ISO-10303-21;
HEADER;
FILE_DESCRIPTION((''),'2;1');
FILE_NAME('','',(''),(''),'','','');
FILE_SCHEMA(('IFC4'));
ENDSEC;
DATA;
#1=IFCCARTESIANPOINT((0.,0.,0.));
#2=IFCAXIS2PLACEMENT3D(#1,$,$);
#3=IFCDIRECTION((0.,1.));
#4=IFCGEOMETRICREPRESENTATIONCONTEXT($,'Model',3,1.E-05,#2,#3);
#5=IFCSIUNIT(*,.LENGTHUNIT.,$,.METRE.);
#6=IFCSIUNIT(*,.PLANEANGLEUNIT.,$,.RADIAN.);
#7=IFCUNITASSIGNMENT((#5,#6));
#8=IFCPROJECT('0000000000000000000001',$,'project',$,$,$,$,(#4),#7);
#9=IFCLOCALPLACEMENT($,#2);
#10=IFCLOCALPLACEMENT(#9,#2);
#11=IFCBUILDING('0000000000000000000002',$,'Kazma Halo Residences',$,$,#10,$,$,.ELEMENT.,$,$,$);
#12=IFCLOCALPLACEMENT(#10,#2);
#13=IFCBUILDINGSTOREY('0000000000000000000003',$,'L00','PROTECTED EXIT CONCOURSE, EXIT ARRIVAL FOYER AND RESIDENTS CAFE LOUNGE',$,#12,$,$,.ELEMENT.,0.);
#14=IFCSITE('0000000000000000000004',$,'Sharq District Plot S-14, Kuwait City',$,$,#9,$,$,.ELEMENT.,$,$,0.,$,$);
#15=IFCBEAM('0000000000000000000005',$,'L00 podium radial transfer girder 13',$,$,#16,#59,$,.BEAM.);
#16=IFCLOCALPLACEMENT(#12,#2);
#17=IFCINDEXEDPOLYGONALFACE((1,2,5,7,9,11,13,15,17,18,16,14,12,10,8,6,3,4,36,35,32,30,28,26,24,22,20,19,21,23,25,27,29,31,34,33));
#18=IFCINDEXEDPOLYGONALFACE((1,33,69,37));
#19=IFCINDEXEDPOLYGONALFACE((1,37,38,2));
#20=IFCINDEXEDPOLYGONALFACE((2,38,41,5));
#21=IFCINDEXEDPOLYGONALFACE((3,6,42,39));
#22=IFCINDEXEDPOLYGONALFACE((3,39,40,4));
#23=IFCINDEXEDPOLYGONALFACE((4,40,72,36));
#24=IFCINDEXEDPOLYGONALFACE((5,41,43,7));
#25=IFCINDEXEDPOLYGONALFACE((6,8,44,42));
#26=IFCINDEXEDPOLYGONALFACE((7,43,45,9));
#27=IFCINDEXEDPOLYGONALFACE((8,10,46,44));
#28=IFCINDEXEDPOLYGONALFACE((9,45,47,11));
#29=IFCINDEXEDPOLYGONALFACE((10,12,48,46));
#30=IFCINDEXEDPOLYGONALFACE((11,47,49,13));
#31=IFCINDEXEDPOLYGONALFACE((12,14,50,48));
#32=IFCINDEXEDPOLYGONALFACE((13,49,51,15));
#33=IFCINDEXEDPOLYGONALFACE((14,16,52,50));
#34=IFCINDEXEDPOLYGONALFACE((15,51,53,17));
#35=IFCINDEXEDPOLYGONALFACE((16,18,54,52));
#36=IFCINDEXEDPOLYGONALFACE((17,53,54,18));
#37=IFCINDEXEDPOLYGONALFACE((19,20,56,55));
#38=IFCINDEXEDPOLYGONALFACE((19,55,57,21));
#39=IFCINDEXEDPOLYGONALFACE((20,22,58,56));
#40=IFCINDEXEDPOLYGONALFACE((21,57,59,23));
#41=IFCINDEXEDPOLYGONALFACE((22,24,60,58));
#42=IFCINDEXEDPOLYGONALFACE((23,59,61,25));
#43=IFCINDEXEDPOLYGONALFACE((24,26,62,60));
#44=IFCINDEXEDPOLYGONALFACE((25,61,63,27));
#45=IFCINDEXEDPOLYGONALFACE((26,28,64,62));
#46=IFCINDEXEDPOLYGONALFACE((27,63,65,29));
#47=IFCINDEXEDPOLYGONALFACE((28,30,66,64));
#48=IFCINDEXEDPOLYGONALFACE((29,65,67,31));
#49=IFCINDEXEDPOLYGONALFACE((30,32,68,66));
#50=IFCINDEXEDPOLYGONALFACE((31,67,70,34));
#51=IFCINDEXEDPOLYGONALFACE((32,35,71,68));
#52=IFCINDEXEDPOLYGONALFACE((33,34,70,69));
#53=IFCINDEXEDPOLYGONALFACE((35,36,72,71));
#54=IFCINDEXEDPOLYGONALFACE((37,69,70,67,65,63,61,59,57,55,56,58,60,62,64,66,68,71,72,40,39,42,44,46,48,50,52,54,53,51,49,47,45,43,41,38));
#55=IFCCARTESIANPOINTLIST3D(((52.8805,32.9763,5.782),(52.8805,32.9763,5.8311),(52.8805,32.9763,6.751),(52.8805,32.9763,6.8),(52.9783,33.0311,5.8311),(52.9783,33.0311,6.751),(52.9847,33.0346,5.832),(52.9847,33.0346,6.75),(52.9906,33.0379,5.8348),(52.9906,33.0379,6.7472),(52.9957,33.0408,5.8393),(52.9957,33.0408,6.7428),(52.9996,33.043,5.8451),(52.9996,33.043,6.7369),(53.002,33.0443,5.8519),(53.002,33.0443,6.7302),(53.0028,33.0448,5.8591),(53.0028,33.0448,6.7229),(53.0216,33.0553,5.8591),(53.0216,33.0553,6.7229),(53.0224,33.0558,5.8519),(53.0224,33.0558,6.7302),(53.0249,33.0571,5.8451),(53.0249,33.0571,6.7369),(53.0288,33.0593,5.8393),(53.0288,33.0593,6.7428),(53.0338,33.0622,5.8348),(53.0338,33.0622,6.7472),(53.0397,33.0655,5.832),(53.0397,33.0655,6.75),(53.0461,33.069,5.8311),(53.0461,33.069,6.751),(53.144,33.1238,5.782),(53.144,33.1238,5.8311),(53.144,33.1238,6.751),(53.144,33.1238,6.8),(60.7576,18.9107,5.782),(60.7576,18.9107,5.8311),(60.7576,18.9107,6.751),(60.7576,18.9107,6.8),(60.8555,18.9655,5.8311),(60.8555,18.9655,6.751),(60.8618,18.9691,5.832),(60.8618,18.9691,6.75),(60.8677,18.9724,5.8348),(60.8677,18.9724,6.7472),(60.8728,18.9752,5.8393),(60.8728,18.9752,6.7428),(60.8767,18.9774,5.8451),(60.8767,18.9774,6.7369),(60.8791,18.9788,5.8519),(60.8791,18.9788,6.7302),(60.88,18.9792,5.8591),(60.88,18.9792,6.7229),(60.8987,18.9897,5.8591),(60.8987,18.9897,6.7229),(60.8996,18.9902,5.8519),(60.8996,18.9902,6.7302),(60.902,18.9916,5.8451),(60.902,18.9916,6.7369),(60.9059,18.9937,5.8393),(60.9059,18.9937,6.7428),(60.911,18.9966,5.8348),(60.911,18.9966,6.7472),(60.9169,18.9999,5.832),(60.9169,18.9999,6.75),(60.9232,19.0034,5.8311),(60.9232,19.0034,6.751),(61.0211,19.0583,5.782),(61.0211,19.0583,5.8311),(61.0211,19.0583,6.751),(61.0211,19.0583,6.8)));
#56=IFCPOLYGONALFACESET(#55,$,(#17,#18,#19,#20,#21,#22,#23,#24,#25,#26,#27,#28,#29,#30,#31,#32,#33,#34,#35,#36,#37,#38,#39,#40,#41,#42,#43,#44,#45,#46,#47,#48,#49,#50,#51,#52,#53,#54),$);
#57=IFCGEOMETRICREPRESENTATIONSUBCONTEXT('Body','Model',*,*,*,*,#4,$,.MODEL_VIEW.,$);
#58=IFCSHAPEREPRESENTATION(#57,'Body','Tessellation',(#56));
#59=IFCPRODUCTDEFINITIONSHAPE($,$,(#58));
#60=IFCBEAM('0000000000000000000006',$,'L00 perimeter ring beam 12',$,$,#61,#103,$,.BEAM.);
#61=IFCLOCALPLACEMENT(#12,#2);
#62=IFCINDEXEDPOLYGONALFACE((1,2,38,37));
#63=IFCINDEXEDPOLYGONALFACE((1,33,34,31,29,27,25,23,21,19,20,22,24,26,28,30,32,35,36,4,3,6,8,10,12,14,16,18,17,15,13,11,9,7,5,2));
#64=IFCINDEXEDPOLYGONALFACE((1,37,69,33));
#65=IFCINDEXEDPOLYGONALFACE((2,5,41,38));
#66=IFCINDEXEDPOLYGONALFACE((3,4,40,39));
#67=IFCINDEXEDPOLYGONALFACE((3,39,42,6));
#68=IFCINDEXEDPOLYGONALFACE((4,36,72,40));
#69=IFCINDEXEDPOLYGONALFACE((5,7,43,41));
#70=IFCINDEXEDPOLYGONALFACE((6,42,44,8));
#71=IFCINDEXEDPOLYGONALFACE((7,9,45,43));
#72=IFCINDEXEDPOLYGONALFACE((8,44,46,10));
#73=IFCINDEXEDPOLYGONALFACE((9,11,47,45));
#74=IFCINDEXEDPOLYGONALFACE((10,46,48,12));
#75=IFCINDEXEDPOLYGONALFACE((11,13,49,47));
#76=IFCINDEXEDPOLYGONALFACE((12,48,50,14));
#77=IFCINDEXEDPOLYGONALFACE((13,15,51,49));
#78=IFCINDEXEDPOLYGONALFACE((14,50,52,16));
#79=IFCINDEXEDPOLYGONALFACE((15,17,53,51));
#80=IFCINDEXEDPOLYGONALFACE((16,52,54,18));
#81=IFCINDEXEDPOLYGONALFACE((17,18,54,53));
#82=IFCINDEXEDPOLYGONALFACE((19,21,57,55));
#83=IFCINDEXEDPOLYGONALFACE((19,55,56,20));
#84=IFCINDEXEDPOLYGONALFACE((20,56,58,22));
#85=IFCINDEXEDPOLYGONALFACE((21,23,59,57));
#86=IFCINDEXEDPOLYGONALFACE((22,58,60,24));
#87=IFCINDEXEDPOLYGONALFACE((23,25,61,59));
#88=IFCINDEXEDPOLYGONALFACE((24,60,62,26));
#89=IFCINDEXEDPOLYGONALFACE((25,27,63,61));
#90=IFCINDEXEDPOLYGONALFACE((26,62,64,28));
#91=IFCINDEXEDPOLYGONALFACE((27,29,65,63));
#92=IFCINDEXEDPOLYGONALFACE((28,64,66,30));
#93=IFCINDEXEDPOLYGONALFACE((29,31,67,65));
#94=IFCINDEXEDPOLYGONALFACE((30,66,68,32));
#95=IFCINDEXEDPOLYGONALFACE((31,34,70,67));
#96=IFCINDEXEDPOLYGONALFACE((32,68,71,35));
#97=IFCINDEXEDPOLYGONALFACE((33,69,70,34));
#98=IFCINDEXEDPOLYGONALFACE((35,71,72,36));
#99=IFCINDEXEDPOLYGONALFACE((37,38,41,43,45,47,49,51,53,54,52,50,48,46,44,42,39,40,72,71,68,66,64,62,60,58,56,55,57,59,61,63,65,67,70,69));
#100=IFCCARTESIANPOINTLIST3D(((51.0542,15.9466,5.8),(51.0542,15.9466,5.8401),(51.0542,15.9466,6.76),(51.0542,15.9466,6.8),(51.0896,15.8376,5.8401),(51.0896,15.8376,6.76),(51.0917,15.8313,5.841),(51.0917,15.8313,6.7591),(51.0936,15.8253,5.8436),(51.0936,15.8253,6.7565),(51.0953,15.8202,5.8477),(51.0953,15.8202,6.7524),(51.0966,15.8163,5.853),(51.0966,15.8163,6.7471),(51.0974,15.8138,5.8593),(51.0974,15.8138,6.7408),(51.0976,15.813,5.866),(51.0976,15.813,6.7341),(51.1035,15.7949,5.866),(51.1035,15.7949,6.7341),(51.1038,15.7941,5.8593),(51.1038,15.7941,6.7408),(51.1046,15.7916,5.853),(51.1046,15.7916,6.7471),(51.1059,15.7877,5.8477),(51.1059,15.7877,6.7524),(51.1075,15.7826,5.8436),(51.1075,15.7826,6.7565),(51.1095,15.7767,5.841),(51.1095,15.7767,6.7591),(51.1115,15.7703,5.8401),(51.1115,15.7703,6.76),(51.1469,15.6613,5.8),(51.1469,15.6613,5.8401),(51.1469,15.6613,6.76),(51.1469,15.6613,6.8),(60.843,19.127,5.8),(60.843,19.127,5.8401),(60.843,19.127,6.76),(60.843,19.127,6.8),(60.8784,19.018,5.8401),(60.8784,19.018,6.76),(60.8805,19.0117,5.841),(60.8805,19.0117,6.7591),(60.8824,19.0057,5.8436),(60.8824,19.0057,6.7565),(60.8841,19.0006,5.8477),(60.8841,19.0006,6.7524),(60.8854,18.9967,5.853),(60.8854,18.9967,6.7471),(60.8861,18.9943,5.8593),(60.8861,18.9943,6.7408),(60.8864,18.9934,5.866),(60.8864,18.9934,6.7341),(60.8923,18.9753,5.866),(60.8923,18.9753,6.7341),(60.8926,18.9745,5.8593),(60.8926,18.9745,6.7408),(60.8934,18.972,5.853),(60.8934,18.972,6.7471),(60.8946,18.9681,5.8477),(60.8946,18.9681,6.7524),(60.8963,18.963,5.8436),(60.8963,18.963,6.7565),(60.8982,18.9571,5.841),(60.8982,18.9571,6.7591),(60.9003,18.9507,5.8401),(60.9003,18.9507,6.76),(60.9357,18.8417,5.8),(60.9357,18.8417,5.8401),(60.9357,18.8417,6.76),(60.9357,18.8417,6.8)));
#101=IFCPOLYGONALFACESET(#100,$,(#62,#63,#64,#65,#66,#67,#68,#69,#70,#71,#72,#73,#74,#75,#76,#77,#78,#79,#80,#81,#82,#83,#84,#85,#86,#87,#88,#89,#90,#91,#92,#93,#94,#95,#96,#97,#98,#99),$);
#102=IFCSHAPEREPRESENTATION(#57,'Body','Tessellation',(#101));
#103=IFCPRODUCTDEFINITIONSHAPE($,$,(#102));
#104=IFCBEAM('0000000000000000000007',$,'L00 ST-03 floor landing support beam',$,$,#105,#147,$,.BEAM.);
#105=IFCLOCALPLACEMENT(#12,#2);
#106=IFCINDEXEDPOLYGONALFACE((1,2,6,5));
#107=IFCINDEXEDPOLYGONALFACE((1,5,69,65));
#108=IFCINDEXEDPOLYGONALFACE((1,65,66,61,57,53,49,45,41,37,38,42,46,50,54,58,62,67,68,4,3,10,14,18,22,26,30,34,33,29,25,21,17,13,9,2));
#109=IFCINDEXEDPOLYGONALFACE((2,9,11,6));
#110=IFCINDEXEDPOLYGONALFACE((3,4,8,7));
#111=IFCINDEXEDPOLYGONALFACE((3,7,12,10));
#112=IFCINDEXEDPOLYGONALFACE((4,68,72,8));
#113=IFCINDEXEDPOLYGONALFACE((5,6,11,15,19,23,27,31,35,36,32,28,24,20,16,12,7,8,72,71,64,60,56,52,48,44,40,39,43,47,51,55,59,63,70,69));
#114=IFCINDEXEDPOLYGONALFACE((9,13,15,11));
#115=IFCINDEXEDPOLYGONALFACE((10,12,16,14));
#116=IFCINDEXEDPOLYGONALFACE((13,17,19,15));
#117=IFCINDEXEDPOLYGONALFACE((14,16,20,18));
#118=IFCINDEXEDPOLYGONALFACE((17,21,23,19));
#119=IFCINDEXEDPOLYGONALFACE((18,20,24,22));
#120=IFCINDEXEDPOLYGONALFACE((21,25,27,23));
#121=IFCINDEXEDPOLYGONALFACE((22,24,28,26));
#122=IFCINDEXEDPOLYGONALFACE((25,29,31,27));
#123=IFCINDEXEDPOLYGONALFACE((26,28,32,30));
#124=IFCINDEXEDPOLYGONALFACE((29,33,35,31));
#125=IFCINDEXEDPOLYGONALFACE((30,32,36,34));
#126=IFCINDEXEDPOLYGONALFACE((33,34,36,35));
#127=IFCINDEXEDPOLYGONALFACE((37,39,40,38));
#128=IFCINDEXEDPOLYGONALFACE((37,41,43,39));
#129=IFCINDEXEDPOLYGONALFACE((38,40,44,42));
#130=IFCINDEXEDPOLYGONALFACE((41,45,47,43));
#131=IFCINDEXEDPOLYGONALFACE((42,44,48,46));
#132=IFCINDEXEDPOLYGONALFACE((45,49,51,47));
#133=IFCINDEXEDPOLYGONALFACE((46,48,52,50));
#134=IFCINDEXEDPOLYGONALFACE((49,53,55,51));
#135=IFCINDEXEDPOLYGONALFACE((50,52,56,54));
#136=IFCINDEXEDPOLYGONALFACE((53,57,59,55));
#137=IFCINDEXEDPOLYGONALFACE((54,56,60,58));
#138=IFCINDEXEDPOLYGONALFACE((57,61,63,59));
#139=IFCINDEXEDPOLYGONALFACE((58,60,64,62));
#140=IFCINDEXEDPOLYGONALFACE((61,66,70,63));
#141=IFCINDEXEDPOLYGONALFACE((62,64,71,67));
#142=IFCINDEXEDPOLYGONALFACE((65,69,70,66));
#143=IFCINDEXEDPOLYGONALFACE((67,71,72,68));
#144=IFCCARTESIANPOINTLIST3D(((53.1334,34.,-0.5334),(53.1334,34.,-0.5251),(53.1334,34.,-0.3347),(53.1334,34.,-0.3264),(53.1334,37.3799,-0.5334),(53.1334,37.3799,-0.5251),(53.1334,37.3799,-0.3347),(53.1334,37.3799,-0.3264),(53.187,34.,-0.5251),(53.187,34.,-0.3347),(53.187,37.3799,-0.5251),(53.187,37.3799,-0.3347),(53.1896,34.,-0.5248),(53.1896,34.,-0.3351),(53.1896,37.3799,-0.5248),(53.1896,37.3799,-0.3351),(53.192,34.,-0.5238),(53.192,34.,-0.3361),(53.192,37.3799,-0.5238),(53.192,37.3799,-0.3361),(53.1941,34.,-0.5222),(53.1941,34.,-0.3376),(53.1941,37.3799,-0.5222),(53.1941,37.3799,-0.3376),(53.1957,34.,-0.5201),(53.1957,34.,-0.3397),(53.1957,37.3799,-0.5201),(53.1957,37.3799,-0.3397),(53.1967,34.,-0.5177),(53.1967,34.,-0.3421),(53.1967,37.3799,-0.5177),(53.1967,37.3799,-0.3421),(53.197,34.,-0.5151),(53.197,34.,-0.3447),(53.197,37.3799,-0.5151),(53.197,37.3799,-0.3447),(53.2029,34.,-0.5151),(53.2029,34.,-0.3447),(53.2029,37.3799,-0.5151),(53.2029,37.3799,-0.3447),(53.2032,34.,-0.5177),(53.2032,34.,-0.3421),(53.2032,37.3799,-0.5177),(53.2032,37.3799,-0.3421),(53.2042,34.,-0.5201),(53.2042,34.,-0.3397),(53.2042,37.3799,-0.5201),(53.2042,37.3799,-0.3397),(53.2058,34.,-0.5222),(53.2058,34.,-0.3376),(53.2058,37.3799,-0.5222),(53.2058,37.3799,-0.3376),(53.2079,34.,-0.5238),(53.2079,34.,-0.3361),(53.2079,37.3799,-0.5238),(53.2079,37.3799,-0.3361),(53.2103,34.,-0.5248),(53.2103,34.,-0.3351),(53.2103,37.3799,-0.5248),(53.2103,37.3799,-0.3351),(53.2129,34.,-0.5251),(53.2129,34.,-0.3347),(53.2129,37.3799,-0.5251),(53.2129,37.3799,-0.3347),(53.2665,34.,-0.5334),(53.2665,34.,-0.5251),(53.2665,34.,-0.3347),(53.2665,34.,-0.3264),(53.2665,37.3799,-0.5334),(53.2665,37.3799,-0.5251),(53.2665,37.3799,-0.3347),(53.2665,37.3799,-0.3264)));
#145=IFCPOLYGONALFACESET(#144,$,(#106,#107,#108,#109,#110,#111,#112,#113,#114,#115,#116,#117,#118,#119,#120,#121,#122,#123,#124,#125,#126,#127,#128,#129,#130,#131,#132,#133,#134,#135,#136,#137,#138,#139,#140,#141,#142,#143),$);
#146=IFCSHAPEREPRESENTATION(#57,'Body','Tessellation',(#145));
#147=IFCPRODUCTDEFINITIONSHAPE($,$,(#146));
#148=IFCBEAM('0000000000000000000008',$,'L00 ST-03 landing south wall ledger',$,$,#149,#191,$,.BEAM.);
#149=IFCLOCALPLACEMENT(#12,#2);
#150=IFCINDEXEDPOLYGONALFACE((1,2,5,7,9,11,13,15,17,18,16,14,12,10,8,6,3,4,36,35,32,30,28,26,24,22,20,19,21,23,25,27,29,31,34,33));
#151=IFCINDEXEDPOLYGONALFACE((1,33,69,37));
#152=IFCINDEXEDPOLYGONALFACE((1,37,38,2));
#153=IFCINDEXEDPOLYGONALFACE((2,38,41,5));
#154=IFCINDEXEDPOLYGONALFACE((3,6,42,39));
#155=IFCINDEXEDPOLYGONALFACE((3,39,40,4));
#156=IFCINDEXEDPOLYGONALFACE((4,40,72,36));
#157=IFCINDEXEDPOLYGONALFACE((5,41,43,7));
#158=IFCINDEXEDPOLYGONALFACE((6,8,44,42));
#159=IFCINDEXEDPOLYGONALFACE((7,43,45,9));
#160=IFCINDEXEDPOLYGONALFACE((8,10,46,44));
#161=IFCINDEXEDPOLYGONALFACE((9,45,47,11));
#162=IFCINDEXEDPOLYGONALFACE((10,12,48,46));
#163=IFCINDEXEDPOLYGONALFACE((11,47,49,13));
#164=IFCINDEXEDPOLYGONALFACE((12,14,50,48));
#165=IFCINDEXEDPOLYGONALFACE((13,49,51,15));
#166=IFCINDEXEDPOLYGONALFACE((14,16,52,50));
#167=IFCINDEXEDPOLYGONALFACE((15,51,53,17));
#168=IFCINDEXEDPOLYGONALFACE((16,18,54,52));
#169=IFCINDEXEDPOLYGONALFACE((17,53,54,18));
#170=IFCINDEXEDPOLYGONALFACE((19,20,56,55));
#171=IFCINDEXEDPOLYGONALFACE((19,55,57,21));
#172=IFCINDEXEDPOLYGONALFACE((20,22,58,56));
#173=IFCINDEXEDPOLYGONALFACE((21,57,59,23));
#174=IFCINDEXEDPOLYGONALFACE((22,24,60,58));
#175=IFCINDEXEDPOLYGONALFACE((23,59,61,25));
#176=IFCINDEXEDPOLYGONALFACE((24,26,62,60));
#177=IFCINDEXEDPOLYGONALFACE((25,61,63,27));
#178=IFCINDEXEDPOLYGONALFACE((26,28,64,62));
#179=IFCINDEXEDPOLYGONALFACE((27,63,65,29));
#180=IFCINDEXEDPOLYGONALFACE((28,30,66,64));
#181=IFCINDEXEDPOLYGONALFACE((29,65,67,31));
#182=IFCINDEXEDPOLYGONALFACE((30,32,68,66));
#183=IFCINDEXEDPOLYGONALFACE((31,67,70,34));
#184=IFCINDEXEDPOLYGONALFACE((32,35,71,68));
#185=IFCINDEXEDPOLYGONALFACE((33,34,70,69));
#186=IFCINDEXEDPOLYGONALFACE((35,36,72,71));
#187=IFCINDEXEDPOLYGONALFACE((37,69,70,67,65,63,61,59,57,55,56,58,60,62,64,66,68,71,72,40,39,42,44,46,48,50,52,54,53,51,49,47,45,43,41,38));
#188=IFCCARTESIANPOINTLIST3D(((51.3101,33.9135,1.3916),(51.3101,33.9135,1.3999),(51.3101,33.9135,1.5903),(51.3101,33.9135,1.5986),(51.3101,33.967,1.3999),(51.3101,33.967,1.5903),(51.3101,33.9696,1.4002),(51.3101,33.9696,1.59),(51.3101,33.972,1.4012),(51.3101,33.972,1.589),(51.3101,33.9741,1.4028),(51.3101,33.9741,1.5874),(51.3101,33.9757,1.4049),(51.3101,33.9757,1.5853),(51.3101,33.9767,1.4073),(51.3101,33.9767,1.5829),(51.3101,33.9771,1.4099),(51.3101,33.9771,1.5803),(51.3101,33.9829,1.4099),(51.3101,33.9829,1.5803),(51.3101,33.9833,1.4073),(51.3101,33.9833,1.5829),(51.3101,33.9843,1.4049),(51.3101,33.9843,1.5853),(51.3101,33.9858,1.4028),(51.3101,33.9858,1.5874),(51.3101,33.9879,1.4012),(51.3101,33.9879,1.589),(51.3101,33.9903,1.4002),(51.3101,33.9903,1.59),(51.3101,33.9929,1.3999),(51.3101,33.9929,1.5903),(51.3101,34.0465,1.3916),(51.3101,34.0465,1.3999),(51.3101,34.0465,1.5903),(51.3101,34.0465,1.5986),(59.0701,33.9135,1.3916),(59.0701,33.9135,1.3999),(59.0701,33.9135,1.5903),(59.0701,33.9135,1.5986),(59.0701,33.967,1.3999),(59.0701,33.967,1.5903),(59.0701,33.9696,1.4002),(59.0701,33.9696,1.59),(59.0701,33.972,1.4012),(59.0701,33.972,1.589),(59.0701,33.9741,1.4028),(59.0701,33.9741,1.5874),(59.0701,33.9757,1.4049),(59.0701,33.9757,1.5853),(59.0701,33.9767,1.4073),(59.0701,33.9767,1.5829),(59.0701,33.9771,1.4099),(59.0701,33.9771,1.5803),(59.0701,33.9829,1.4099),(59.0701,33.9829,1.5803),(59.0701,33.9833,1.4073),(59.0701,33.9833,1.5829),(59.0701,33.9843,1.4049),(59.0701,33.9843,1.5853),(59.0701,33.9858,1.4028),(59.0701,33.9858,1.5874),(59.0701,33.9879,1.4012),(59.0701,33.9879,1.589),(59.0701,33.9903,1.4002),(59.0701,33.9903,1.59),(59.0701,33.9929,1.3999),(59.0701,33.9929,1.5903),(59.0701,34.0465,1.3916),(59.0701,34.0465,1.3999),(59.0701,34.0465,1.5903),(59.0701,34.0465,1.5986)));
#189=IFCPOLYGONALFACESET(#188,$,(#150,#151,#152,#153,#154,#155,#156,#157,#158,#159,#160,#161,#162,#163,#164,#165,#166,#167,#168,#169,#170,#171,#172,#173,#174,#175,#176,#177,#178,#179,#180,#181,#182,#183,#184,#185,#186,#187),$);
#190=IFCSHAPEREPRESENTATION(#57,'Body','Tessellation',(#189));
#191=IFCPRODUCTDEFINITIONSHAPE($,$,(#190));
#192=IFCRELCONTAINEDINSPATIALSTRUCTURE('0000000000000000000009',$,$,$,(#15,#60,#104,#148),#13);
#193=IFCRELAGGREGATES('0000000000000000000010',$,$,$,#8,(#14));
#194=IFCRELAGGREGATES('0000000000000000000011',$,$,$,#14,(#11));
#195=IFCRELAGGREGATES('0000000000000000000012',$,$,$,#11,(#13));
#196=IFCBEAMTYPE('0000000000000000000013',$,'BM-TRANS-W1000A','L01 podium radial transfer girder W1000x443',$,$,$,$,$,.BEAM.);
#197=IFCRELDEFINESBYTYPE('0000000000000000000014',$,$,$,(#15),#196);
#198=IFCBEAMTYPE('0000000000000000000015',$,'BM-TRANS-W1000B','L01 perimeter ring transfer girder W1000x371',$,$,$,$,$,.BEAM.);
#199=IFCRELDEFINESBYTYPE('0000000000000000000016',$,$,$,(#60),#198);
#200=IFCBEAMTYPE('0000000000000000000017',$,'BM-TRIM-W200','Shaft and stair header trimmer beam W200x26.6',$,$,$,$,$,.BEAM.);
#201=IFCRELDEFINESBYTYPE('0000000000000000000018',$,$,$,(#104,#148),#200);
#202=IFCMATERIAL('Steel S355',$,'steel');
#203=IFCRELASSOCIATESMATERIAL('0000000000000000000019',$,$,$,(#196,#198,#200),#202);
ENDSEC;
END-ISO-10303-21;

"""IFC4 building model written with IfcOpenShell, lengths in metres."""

from ifc_helpers import new_model, si_unit, direction, frame, origin, origin_2d, place, context, subcontext, project, spatial, i_section, extrude, material, material_profile, profile_set, type_object, element, save


model = new_model("IFC4")

# Units and contexts
model_context = context("Model", 3, precision=1e-05, world=origin(), true_north=direction((0.0, 1.0)))
body_context = subcontext(model_context, "Body", "Model", "MODEL_VIEW")
ifc_project = project(units=[si_unit("LENGTHUNIT", "METRE"), si_unit("PLANEANGLEUNIT", "RADIAN")], contexts=[model_context])

# Site, building, storey
site_placement = place(None, origin())
site = spatial("IfcSite", under=ifc_project, at=site_placement, Name="Sharq District Plot S-14, Kuwait City", CompositionType="ELEMENT", RefElevation=0.0)
building_placement = place(site_placement, origin())
building = spatial("IfcBuilding", under=site, at=building_placement, Name="Kazma Halo Residences", CompositionType="ELEMENT")
storey_placement = place(building_placement, origin())
storey = spatial("IfcBuildingStorey", under=building, at=storey_placement, Name="L00", Description="PROTECTED EXIT CONCOURSE, EXIT ARRIVAL FOYER AND RESIDENTS CAFE LOUNGE", CompositionType="ELEMENT", Elevation=0.0)

# Beams
ifc_material_1 = material(Name="Steel S355", Category="steel")
ifc_material_profile_1 = material_profile(ifc_material_1, i_section(OverallWidth=0.302, OverallDepth=1.0181, WebThickness=0.0215, FlangeThickness=0.0491, FilletRadius=0.0281, at=origin_2d()), Name="W1000x443")
ifc_profile_set_1 = profile_set([ifc_material_profile_1], Name="Steel S355")
beam_type_1 = type_object("IfcBeamType", Name="BM-TRANS-W1000A", Description="L01 podium radial transfer girder W1000x443", PredefinedType="BEAM", material=ifc_profile_set_1)
beam_1_placement = place(storey_placement, frame((53.0122, 33.05, 6.291), z_axis=(0.488623, -0.872495, 0.0), x_axis=(0.872495, 0.488623, 0.0)))
element("IfcBeam", 1, at=beam_1_placement, inside=storey, type_object=beam_type_1, Name="L00 podium radial transfer girder 13", PredefinedType="BEAM", context=body_context, shape_type="SweptSolid", body=[
    extrude(i_section(OverallWidth=0.302, OverallDepth=1.0181, WebThickness=0.0215, FlangeThickness=0.0491, FilletRadius=0.0281, at=origin_2d()), origin(), (0.0, 0.0, 1.0), 16.1211),
])
ifc_material_profile_2 = material_profile(ifc_material_1, i_section(OverallWidth=0.3, OverallDepth=1.0, WebThickness=0.019, FlangeThickness=0.04, FilletRadius=0.0259, at=origin_2d()), Name="W1000x371")
ifc_profile_set_2 = profile_set([ifc_material_profile_2], Name="Steel S355")
beam_type_2 = type_object("IfcBeamType", Name="BM-TRANS-W1000B", Description="L01 perimeter ring transfer girder W1000x371", PredefinedType="BEAM", material=ifc_profile_set_2)
beam_2_placement = place(storey_placement, frame((51.1006, 15.804, 6.3), z_axis=(0.951061, 0.309003, 0.0), x_axis=(-0.309003, 0.951061, 0.0)))
element("IfcBeam", 2, at=beam_2_placement, inside=storey, type_object=beam_type_2, Name="L00 perimeter ring beam 12", PredefinedType="BEAM", context=body_context, shape_type="SweptSolid", body=[
    extrude(i_section(OverallWidth=0.3, OverallDepth=1.0, WebThickness=0.019, FlangeThickness=0.04, FilletRadius=0.0259, at=origin_2d()), origin(), (0.0, 0.0, 1.0), 10.2925),
])
ifc_material_profile_3 = material_profile(ifc_material_1, i_section(OverallWidth=0.1331, OverallDepth=0.207, WebThickness=0.0059, FlangeThickness=0.0083, FilletRadius=0.01, at=origin_2d()), Name="W200x26.6")
ifc_profile_set_3 = profile_set([ifc_material_profile_3], Name="Steel S355")
beam_type_3 = type_object("IfcBeamType", Name="BM-TRIM-W200", Description="Shaft and stair header trimmer beam W200x26.6", PredefinedType="BEAM", material=ifc_profile_set_3)
beam_3_placement = place(storey_placement, frame((53.2, 34.0, -0.4299), z_axis=(0.0, 1.0, 0.0), x_axis=(-1.0, 0.0, 0.0)))
element("IfcBeam", 3, at=beam_3_placement, inside=storey, type_object=beam_type_3, Name="L00 ST-03 floor landing support beam", PredefinedType="BEAM", context=body_context, shape_type="SweptSolid", body=[
    extrude(i_section(OverallWidth=0.1331, OverallDepth=0.207, WebThickness=0.0059, FlangeThickness=0.0083, FilletRadius=0.01, at=origin_2d()), origin(), (0.0, 0.0, 1.0), 3.3799),
])
for number, where, z_axis, x_axis, name in (
    (4, (51.3101, 33.98, 1.4951), (1.0, 0.0, 0.0), (0.0, 1.0, 0.0), "L00 ST-03 landing south wall ledger"),
):
    element("IfcBeam", number, at=place(storey_placement, frame(where, z_axis=z_axis, x_axis=x_axis)), inside=storey, type_object=beam_type_3, Name=name, PredefinedType="BEAM", context=body_context, shape_type="SweptSolid", body=[
        extrude(i_section(OverallWidth=0.1331, OverallDepth=0.207, WebThickness=0.0059, FlangeThickness=0.0083, FilletRadius=0.01, at=origin_2d()), origin(), (0.0, 0.0, 1.0), 7.76),
    ])

save(model, "model.ifc")
